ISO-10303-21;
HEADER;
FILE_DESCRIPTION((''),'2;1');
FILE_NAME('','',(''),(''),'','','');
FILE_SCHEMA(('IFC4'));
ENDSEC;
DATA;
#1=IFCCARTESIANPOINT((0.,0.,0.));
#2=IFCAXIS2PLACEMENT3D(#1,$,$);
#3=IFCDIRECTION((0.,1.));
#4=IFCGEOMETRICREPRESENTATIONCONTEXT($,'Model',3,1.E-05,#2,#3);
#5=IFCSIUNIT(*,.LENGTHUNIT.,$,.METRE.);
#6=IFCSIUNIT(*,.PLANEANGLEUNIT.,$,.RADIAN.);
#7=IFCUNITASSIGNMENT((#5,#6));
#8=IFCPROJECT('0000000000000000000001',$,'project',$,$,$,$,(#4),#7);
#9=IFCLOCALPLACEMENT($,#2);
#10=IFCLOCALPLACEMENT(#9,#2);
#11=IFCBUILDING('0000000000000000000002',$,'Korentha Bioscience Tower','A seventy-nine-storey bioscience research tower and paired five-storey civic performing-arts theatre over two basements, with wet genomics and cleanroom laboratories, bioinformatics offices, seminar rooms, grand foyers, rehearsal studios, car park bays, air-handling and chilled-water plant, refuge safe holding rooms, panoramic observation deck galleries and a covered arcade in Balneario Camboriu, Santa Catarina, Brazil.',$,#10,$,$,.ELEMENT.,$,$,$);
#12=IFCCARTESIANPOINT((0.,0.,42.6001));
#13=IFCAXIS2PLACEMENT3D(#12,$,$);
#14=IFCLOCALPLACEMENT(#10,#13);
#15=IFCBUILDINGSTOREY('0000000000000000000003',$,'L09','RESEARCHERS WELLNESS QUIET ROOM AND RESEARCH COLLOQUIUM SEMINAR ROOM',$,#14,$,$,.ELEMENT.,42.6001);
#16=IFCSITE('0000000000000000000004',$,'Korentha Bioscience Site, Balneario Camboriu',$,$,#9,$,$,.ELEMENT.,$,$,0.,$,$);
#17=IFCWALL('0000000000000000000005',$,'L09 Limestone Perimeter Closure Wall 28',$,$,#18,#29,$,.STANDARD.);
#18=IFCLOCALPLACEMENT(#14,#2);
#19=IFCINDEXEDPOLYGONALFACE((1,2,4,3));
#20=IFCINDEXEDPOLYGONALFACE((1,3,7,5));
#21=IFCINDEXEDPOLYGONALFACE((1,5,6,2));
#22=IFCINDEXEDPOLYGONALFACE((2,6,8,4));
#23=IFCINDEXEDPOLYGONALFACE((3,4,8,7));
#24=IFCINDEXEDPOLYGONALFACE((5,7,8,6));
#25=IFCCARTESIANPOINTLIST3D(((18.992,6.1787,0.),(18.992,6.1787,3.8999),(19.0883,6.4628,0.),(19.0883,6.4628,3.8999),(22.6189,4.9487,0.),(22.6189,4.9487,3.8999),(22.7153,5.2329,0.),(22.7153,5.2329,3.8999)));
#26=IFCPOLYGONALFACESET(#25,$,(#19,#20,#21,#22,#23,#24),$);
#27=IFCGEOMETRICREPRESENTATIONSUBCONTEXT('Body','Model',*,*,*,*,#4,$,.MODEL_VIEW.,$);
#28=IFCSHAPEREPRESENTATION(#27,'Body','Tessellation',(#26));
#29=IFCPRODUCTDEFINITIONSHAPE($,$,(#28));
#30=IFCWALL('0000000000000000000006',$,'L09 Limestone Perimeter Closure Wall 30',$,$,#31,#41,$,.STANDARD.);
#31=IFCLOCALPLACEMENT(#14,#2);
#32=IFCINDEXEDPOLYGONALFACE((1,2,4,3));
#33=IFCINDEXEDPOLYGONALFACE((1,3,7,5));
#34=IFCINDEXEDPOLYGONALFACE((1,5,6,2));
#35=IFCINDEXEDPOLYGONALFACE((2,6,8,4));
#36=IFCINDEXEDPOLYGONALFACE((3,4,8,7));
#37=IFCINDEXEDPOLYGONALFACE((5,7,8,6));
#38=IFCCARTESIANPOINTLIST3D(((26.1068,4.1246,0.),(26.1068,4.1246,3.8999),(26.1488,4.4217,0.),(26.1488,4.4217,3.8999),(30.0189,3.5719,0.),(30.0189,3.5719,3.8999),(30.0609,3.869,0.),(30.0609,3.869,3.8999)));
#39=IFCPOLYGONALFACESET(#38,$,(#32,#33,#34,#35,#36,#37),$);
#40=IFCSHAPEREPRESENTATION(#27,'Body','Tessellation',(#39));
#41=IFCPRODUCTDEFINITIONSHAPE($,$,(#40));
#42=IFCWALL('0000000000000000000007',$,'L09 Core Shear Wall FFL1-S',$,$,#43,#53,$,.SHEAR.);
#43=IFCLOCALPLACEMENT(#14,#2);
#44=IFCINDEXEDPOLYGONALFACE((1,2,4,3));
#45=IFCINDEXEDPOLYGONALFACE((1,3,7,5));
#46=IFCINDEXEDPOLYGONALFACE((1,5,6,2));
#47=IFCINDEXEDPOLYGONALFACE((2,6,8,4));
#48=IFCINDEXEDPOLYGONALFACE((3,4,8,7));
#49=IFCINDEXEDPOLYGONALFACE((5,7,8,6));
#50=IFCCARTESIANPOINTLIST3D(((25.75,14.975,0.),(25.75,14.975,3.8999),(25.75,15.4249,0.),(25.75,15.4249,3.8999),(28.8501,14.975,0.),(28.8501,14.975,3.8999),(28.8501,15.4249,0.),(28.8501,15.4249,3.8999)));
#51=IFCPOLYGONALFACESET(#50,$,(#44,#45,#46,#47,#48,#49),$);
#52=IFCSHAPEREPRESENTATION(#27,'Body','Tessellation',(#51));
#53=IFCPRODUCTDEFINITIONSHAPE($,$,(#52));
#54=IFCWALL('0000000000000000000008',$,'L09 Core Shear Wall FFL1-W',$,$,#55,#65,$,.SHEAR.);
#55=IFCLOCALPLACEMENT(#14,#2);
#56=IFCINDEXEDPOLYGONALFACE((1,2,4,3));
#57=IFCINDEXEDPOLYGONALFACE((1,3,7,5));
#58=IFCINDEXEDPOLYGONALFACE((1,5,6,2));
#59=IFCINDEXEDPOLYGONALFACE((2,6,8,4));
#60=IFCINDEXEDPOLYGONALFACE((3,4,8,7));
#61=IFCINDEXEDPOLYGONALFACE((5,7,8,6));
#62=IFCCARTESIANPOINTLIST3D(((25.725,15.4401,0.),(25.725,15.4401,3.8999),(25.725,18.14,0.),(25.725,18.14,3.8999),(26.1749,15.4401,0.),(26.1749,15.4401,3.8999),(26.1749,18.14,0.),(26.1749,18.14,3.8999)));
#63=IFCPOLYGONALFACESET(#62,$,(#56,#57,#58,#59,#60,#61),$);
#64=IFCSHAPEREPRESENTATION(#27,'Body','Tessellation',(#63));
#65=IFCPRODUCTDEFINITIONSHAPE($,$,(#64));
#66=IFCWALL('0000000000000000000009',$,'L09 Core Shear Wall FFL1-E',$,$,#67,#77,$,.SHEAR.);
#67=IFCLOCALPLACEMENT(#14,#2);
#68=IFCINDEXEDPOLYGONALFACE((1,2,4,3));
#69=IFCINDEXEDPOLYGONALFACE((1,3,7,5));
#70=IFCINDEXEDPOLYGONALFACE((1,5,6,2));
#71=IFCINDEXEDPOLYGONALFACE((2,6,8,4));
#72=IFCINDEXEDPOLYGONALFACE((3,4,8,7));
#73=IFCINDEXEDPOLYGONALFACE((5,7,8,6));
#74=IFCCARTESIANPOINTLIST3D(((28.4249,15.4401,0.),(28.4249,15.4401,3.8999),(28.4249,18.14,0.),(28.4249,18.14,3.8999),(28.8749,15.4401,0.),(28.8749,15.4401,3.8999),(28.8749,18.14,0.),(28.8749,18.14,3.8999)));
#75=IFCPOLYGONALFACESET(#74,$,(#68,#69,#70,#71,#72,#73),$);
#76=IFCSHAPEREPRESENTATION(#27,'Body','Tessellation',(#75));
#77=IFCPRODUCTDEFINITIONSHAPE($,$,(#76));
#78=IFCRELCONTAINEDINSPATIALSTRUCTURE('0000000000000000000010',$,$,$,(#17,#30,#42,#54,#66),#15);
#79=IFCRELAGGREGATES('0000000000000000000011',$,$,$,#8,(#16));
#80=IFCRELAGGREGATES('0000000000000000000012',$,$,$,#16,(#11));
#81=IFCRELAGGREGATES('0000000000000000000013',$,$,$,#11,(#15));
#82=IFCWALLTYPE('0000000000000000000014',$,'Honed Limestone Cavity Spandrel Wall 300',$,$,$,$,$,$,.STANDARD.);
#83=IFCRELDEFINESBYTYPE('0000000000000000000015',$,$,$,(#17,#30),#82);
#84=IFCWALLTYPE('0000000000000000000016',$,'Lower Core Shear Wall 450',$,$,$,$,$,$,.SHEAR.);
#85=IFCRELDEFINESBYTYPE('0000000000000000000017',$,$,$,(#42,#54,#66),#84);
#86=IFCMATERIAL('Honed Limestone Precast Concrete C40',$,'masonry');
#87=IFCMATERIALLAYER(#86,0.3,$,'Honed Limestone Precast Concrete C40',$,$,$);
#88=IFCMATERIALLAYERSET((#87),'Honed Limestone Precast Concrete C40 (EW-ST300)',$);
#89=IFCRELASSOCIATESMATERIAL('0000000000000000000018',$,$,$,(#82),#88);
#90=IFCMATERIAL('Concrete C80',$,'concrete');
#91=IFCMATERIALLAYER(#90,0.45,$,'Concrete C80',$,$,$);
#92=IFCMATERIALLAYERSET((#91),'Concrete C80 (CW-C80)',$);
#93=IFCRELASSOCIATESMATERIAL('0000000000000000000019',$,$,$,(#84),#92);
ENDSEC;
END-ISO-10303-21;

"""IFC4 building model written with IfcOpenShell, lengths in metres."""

from ifc_helpers import new_model, si_unit, direction, frame, frame_2d, origin, place, context, subcontext, project, spatial, rectangle, extrude, material, layer, layer_set, type_object, element, save


model = new_model("IFC4")

# Units and contexts
model_context = context("Model", 3, precision=1e-05, world=origin(), true_north=direction((0.0, 1.0)))
body_context = subcontext(model_context, "Body", "Model", "MODEL_VIEW")
ifc_project = project(units=[si_unit("LENGTHUNIT", "METRE"), si_unit("PLANEANGLEUNIT", "RADIAN")], contexts=[model_context])

# Site, building, storey
site_placement = place(None, origin())
site = spatial("IfcSite", under=ifc_project, at=site_placement, Name="Korentha Bioscience Site, Balneario Camboriu", CompositionType="ELEMENT", RefElevation=0.0)
building_placement = place(site_placement, origin())
building = spatial("IfcBuilding", under=site, at=building_placement, Name="Korentha Bioscience Tower", Description="A seventy-nine-storey bioscience research tower and paired five-storey civic performing-arts theatre over two basements, with wet genomics and cleanroom laboratories, bioinformatics offices, seminar rooms, grand foyers, rehearsal studios, car park bays, air-handling and chilled-water plant, refuge safe holding rooms, panoramic observation deck galleries and a covered arcade in Balneario Camboriu, Santa Catarina, Brazil.", CompositionType="ELEMENT")
storey_placement = place(building_placement, frame((0.0, 0.0, 42.6001)))
storey = spatial("IfcBuildingStorey", under=building, at=storey_placement, Name="L09", Description="RESEARCHERS WELLNESS QUIET ROOM AND RESEARCH COLLOQUIUM SEMINAR ROOM", CompositionType="ELEMENT", Elevation=42.6001)

# Shared definitions
ifc_material_1 = material(Name="Concrete C80", Category="concrete")

# Shared definitions
ifc_material_2 = material(Name="Honed Limestone Precast Concrete C40", Category="masonry")
ifc_layer_1 = layer(ifc_material_2, 0.3, Name="Honed Limestone Precast Concrete C40")
ifc_layer_set_1 = layer_set([ifc_layer_1], Name="Honed Limestone Precast Concrete C40 (EW-ST300)")
wall_type_1 = type_object("IfcWallType", Name="Honed Limestone Cavity Spandrel Wall 300", PredefinedType="STANDARD", material=ifc_layer_set_1)

# Walls
wall_1_placement = place(storey_placement, frame((19.04, 6.3208, 0.0), z_axis=(0.0, 0.0, 1.0), x_axis=(0.947026, -0.321158, 0.0)))
element("IfcWall", 1, at=wall_1_placement, inside=storey, type_object=wall_type_1, Name="L09 Limestone Perimeter Closure Wall 28", PredefinedType="STANDARD", context=body_context, shape_type="SweptSolid", body=[
    extrude(rectangle(XDim=3.8298, YDim=0.3, at=frame_2d((1.915, 0.0))), origin(), (0.0, 0.0, 1.0), 3.8999),
])
wall_2_placement = place(storey_placement, frame((26.1277, 4.2732, 0.0), z_axis=(0.0, 0.0, 1.0), x_axis=(0.990166, -0.139899, 0.0)))
element("IfcWall", 2, at=wall_2_placement, inside=storey, type_object=wall_type_1, Name="L09 Limestone Perimeter Closure Wall 30", PredefinedType="STANDARD", context=body_context, shape_type="SweptSolid", body=[
    extrude(rectangle(XDim=3.9509, YDim=0.3, at=frame_2d((1.9756, 0.0))), origin(), (0.0, 0.0, 1.0), 3.8999),
])
ifc_layer_2 = layer(ifc_material_1, 0.45, Name="Concrete C80")
ifc_layer_set_2 = layer_set([ifc_layer_2], Name="Concrete C80 (CW-C80)")
wall_type_2 = type_object("IfcWallType", Name="Lower Core Shear Wall 450", PredefinedType="SHEAR", material=ifc_layer_set_2)
wall_3_placement = place(storey_placement, frame((25.75, 15.2, 0.0), z_axis=(0.0, 0.0, 1.0), x_axis=(1.0, 0.0, 0.0)))
element("IfcWall", 3, at=wall_3_placement, inside=storey, type_object=wall_type_2, Name="L09 Core Shear Wall FFL1-S", PredefinedType="SHEAR", context=body_context, shape_type="SweptSolid", body=[
    extrude(rectangle(XDim=3.1001, YDim=0.45, at=frame_2d((1.55, 0.0))), origin(), (0.0, 0.0, 1.0), 3.8999),
])
for number, where, z_axis, x_axis, name in (
    (4, (25.95, 15.4399, 0.0), (0.0, 0.0, 1.0), (0.0, 1.0, 0.0), "L09 Core Shear Wall FFL1-W"),
    (5, (28.6499, 15.4399, 0.0), (0.0, 0.0, 1.0), (0.0, 1.0, 0.0), "L09 Core Shear Wall FFL1-E"),
):
    element("IfcWall", number, at=place(storey_placement, frame(where, z_axis=z_axis, x_axis=x_axis)), inside=storey, type_object=wall_type_2, Name=name, PredefinedType="SHEAR", context=body_context, shape_type="SweptSolid", body=[
        extrude(rectangle(XDim=2.7, YDim=0.45, at=frame_2d((1.3501, 0.0))), origin(), (0.0, 0.0, 1.0), 3.8999),
    ])

save(model, "model.ifc")
